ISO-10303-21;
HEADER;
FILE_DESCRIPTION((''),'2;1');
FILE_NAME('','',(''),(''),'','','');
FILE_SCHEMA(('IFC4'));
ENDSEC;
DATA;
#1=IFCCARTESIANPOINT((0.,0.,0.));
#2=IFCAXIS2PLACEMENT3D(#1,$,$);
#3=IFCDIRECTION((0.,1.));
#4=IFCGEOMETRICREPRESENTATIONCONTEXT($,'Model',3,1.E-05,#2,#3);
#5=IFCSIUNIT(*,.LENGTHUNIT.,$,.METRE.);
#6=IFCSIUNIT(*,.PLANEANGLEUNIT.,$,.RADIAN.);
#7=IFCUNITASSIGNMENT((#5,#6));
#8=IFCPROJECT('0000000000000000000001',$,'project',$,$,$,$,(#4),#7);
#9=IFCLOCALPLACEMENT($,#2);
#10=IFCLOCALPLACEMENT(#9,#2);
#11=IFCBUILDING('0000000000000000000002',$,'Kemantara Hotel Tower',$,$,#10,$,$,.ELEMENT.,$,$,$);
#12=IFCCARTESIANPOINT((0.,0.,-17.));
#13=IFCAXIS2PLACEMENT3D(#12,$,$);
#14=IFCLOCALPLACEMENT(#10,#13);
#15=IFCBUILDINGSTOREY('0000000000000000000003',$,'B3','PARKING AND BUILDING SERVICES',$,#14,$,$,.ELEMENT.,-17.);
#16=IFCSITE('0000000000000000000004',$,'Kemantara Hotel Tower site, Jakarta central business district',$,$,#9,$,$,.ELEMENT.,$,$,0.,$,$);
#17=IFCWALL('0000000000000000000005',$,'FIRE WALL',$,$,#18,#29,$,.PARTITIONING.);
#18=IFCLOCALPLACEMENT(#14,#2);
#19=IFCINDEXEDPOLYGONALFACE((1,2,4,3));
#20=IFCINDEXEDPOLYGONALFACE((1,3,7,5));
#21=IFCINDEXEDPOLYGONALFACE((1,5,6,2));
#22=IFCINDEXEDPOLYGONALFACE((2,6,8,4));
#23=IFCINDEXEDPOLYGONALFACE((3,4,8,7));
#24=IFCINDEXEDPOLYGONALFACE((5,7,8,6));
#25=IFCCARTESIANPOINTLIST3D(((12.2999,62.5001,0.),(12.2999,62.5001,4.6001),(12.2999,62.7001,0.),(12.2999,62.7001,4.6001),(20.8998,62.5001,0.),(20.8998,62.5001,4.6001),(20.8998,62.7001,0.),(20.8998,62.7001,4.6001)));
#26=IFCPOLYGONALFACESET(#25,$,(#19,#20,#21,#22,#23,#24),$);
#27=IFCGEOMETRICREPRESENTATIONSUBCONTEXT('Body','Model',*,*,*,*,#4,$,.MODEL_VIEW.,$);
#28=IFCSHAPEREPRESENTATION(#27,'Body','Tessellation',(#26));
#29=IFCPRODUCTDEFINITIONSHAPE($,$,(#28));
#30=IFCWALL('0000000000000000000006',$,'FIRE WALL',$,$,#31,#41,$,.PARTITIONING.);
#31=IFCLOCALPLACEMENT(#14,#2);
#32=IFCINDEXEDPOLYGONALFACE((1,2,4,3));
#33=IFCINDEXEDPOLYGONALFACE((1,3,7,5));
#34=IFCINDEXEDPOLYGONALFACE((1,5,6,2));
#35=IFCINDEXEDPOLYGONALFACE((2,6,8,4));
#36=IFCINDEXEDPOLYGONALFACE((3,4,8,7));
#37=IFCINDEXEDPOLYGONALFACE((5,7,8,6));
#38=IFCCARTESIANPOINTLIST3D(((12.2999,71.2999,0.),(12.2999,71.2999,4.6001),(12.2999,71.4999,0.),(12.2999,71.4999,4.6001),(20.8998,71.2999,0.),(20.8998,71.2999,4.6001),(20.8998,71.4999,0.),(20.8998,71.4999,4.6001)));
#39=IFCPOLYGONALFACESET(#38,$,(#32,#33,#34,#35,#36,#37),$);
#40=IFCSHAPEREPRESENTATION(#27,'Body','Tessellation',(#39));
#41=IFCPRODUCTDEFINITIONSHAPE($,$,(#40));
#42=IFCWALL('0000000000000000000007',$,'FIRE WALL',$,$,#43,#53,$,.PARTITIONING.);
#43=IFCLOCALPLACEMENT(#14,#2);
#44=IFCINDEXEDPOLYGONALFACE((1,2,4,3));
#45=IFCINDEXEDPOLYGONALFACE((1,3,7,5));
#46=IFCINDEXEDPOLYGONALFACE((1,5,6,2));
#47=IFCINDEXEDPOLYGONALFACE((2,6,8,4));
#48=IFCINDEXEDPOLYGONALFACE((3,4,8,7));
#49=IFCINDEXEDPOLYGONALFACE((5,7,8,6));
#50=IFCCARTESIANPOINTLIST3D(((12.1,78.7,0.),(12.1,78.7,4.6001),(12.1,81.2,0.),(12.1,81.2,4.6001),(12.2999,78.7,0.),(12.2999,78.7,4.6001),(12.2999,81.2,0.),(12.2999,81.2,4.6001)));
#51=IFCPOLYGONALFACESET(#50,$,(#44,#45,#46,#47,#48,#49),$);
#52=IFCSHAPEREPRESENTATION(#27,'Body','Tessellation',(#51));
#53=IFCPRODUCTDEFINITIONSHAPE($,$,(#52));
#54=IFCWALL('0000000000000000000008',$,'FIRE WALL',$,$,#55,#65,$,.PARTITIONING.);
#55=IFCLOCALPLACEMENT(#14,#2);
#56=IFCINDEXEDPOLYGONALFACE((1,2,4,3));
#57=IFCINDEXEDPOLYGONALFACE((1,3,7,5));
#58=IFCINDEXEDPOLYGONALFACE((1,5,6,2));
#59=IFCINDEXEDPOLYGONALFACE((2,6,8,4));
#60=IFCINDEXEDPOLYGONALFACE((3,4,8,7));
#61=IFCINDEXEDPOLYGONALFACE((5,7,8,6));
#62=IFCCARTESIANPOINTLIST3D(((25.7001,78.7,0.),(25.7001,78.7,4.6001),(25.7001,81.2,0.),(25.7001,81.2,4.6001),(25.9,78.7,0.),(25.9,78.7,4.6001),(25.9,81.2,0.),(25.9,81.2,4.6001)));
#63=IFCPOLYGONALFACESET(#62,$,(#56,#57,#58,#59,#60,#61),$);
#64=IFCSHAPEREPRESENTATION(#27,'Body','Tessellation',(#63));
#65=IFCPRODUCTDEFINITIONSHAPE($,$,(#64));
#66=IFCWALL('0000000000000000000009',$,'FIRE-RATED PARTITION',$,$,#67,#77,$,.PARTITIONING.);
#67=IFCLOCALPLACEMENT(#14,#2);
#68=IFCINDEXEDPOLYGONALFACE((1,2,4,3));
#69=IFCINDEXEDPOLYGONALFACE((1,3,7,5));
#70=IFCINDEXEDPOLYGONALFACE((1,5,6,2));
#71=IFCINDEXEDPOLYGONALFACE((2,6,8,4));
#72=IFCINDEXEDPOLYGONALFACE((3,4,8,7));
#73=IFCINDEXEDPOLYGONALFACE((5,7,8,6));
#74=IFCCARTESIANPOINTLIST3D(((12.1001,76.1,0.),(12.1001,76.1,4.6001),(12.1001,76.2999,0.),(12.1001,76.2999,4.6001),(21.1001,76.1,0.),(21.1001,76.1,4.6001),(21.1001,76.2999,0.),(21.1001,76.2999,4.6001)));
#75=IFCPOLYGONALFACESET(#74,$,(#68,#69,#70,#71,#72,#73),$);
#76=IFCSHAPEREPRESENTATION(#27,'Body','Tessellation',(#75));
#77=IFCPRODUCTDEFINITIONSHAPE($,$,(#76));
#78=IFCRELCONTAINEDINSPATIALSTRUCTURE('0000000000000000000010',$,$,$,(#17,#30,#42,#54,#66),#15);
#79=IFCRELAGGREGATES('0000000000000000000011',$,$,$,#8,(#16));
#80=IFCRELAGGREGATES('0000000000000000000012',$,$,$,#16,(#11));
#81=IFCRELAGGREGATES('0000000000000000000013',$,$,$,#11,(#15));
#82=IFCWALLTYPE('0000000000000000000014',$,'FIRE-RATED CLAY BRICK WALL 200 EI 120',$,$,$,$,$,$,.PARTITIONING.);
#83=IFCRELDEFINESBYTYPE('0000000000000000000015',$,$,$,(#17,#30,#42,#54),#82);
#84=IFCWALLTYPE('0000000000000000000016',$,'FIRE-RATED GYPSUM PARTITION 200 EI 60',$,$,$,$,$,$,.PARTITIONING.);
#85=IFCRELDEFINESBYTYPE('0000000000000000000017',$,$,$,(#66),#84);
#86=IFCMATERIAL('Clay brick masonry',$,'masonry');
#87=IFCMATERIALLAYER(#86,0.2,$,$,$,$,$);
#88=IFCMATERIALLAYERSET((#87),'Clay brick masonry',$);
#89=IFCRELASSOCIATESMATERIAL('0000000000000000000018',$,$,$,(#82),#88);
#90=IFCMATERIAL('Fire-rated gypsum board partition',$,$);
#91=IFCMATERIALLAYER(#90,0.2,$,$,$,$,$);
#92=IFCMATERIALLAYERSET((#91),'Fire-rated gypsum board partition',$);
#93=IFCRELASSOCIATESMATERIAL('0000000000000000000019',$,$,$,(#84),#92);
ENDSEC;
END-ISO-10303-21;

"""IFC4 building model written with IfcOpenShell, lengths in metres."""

from ifc_helpers import new_model, si_unit, direction, frame, frame_2d, origin, place, context, subcontext, project, spatial, rectangle, extrude, material, layer, layer_set, type_object, element, save


model = new_model("IFC4")

# Units and contexts
model_context = context("Model", 3, precision=1e-05, world=origin(), true_north=direction((0.0, 1.0)))
body_context = subcontext(model_context, "Body", "Model", "MODEL_VIEW")
ifc_project = project(units=[si_unit("LENGTHUNIT", "METRE"), si_unit("PLANEANGLEUNIT", "RADIAN")], contexts=[model_context])

# Site, building, storey
site_placement = place(None, origin())
site = spatial("IfcSite", under=ifc_project, at=site_placement, Name="Kemantara Hotel Tower site, Jakarta central business district", CompositionType="ELEMENT", RefElevation=0.0)
building_placement = place(site_placement, origin())
building = spatial("IfcBuilding", under=site, at=building_placement, Name="Kemantara Hotel Tower", CompositionType="ELEMENT")
storey_placement = place(building_placement, frame((0.0, 0.0, -17.0)))
storey = spatial("IfcBuildingStorey", under=building, at=storey_placement, Name="B3", Description="PARKING AND BUILDING SERVICES", CompositionType="ELEMENT", Elevation=-17.0)

# Walls
ifc_material_1 = material(Name="Clay brick masonry", Category="masonry")
ifc_layer_1 = layer(ifc_material_1, 0.2)
ifc_layer_set_1 = layer_set([ifc_layer_1], Name="Clay brick masonry")
wall_type_1 = type_object("IfcWallType", Name="FIRE-RATED CLAY BRICK WALL 200 EI 120", PredefinedType="PARTITIONING", material=ifc_layer_set_1)
for number, where, z_axis, x_axis, name in (
    (1, (12.3, 62.6001, 0.0), (0.0, 0.0, 1.0), (1.0, 0.0, 0.0), "FIRE WALL"),
    (2, (12.3, 71.3999, 0.0), (0.0, 0.0, 1.0), (1.0, 0.0, 0.0), "FIRE WALL"),
):
    element("IfcWall", number, at=place(storey_placement, frame(where, z_axis=z_axis, x_axis=x_axis)), inside=storey, type_object=wall_type_1, Name=name, PredefinedType="PARTITIONING", context=body_context, shape_type="SweptSolid", body=[
        extrude(rectangle(XDim=8.5999, YDim=0.2, at=frame_2d((4.2998, 0.0))), origin(), (0.0, 0.0, 1.0), 4.6001),
    ])
for number, where, z_axis, x_axis, name in (
    (3, (12.2, 78.7, 0.0), (0.0, 0.0, 1.0), (0.0, 1.0, 0.0), "FIRE WALL"),
    (4, (25.8, 78.7, 0.0), (0.0, 0.0, 1.0), (0.0, 1.0, 0.0), "FIRE WALL"),
):
    element("IfcWall", number, at=place(storey_placement, frame(where, z_axis=z_axis, x_axis=x_axis)), inside=storey, type_object=wall_type_1, Name=name, PredefinedType="PARTITIONING", context=body_context, shape_type="SweptSolid", body=[
        extrude(rectangle(XDim=2.5, YDim=0.2, at=frame_2d((1.25, 0.0))), origin(), (0.0, 0.0, 1.0), 4.6001),
    ])
ifc_material_2 = material(Name="Fire-rated gypsum board partition")
ifc_layer_2 = layer(ifc_material_2, 0.2)
ifc_layer_set_2 = layer_set([ifc_layer_2], Name="Fire-rated gypsum board partition")
wall_type_2 = type_object("IfcWallType", Name="FIRE-RATED GYPSUM PARTITION 200 EI 60", PredefinedType="PARTITIONING", material=ifc_layer_set_2)
wall_placement = place(storey_placement, frame((12.1001, 76.2, 0.0), z_axis=(0.0, 0.0, 1.0), x_axis=(1.0, 0.0, 0.0)))
element("IfcWall", 5, at=wall_placement, inside=storey, type_object=wall_type_2, Name="FIRE-RATED PARTITION", PredefinedType="PARTITIONING", context=body_context, shape_type="SweptSolid", body=[
    extrude(rectangle(XDim=9.0, YDim=0.2, at=frame_2d((4.5, 0.0))), origin(), (0.0, 0.0, 1.0), 4.6001),
])

save(model, "model.ifc")
